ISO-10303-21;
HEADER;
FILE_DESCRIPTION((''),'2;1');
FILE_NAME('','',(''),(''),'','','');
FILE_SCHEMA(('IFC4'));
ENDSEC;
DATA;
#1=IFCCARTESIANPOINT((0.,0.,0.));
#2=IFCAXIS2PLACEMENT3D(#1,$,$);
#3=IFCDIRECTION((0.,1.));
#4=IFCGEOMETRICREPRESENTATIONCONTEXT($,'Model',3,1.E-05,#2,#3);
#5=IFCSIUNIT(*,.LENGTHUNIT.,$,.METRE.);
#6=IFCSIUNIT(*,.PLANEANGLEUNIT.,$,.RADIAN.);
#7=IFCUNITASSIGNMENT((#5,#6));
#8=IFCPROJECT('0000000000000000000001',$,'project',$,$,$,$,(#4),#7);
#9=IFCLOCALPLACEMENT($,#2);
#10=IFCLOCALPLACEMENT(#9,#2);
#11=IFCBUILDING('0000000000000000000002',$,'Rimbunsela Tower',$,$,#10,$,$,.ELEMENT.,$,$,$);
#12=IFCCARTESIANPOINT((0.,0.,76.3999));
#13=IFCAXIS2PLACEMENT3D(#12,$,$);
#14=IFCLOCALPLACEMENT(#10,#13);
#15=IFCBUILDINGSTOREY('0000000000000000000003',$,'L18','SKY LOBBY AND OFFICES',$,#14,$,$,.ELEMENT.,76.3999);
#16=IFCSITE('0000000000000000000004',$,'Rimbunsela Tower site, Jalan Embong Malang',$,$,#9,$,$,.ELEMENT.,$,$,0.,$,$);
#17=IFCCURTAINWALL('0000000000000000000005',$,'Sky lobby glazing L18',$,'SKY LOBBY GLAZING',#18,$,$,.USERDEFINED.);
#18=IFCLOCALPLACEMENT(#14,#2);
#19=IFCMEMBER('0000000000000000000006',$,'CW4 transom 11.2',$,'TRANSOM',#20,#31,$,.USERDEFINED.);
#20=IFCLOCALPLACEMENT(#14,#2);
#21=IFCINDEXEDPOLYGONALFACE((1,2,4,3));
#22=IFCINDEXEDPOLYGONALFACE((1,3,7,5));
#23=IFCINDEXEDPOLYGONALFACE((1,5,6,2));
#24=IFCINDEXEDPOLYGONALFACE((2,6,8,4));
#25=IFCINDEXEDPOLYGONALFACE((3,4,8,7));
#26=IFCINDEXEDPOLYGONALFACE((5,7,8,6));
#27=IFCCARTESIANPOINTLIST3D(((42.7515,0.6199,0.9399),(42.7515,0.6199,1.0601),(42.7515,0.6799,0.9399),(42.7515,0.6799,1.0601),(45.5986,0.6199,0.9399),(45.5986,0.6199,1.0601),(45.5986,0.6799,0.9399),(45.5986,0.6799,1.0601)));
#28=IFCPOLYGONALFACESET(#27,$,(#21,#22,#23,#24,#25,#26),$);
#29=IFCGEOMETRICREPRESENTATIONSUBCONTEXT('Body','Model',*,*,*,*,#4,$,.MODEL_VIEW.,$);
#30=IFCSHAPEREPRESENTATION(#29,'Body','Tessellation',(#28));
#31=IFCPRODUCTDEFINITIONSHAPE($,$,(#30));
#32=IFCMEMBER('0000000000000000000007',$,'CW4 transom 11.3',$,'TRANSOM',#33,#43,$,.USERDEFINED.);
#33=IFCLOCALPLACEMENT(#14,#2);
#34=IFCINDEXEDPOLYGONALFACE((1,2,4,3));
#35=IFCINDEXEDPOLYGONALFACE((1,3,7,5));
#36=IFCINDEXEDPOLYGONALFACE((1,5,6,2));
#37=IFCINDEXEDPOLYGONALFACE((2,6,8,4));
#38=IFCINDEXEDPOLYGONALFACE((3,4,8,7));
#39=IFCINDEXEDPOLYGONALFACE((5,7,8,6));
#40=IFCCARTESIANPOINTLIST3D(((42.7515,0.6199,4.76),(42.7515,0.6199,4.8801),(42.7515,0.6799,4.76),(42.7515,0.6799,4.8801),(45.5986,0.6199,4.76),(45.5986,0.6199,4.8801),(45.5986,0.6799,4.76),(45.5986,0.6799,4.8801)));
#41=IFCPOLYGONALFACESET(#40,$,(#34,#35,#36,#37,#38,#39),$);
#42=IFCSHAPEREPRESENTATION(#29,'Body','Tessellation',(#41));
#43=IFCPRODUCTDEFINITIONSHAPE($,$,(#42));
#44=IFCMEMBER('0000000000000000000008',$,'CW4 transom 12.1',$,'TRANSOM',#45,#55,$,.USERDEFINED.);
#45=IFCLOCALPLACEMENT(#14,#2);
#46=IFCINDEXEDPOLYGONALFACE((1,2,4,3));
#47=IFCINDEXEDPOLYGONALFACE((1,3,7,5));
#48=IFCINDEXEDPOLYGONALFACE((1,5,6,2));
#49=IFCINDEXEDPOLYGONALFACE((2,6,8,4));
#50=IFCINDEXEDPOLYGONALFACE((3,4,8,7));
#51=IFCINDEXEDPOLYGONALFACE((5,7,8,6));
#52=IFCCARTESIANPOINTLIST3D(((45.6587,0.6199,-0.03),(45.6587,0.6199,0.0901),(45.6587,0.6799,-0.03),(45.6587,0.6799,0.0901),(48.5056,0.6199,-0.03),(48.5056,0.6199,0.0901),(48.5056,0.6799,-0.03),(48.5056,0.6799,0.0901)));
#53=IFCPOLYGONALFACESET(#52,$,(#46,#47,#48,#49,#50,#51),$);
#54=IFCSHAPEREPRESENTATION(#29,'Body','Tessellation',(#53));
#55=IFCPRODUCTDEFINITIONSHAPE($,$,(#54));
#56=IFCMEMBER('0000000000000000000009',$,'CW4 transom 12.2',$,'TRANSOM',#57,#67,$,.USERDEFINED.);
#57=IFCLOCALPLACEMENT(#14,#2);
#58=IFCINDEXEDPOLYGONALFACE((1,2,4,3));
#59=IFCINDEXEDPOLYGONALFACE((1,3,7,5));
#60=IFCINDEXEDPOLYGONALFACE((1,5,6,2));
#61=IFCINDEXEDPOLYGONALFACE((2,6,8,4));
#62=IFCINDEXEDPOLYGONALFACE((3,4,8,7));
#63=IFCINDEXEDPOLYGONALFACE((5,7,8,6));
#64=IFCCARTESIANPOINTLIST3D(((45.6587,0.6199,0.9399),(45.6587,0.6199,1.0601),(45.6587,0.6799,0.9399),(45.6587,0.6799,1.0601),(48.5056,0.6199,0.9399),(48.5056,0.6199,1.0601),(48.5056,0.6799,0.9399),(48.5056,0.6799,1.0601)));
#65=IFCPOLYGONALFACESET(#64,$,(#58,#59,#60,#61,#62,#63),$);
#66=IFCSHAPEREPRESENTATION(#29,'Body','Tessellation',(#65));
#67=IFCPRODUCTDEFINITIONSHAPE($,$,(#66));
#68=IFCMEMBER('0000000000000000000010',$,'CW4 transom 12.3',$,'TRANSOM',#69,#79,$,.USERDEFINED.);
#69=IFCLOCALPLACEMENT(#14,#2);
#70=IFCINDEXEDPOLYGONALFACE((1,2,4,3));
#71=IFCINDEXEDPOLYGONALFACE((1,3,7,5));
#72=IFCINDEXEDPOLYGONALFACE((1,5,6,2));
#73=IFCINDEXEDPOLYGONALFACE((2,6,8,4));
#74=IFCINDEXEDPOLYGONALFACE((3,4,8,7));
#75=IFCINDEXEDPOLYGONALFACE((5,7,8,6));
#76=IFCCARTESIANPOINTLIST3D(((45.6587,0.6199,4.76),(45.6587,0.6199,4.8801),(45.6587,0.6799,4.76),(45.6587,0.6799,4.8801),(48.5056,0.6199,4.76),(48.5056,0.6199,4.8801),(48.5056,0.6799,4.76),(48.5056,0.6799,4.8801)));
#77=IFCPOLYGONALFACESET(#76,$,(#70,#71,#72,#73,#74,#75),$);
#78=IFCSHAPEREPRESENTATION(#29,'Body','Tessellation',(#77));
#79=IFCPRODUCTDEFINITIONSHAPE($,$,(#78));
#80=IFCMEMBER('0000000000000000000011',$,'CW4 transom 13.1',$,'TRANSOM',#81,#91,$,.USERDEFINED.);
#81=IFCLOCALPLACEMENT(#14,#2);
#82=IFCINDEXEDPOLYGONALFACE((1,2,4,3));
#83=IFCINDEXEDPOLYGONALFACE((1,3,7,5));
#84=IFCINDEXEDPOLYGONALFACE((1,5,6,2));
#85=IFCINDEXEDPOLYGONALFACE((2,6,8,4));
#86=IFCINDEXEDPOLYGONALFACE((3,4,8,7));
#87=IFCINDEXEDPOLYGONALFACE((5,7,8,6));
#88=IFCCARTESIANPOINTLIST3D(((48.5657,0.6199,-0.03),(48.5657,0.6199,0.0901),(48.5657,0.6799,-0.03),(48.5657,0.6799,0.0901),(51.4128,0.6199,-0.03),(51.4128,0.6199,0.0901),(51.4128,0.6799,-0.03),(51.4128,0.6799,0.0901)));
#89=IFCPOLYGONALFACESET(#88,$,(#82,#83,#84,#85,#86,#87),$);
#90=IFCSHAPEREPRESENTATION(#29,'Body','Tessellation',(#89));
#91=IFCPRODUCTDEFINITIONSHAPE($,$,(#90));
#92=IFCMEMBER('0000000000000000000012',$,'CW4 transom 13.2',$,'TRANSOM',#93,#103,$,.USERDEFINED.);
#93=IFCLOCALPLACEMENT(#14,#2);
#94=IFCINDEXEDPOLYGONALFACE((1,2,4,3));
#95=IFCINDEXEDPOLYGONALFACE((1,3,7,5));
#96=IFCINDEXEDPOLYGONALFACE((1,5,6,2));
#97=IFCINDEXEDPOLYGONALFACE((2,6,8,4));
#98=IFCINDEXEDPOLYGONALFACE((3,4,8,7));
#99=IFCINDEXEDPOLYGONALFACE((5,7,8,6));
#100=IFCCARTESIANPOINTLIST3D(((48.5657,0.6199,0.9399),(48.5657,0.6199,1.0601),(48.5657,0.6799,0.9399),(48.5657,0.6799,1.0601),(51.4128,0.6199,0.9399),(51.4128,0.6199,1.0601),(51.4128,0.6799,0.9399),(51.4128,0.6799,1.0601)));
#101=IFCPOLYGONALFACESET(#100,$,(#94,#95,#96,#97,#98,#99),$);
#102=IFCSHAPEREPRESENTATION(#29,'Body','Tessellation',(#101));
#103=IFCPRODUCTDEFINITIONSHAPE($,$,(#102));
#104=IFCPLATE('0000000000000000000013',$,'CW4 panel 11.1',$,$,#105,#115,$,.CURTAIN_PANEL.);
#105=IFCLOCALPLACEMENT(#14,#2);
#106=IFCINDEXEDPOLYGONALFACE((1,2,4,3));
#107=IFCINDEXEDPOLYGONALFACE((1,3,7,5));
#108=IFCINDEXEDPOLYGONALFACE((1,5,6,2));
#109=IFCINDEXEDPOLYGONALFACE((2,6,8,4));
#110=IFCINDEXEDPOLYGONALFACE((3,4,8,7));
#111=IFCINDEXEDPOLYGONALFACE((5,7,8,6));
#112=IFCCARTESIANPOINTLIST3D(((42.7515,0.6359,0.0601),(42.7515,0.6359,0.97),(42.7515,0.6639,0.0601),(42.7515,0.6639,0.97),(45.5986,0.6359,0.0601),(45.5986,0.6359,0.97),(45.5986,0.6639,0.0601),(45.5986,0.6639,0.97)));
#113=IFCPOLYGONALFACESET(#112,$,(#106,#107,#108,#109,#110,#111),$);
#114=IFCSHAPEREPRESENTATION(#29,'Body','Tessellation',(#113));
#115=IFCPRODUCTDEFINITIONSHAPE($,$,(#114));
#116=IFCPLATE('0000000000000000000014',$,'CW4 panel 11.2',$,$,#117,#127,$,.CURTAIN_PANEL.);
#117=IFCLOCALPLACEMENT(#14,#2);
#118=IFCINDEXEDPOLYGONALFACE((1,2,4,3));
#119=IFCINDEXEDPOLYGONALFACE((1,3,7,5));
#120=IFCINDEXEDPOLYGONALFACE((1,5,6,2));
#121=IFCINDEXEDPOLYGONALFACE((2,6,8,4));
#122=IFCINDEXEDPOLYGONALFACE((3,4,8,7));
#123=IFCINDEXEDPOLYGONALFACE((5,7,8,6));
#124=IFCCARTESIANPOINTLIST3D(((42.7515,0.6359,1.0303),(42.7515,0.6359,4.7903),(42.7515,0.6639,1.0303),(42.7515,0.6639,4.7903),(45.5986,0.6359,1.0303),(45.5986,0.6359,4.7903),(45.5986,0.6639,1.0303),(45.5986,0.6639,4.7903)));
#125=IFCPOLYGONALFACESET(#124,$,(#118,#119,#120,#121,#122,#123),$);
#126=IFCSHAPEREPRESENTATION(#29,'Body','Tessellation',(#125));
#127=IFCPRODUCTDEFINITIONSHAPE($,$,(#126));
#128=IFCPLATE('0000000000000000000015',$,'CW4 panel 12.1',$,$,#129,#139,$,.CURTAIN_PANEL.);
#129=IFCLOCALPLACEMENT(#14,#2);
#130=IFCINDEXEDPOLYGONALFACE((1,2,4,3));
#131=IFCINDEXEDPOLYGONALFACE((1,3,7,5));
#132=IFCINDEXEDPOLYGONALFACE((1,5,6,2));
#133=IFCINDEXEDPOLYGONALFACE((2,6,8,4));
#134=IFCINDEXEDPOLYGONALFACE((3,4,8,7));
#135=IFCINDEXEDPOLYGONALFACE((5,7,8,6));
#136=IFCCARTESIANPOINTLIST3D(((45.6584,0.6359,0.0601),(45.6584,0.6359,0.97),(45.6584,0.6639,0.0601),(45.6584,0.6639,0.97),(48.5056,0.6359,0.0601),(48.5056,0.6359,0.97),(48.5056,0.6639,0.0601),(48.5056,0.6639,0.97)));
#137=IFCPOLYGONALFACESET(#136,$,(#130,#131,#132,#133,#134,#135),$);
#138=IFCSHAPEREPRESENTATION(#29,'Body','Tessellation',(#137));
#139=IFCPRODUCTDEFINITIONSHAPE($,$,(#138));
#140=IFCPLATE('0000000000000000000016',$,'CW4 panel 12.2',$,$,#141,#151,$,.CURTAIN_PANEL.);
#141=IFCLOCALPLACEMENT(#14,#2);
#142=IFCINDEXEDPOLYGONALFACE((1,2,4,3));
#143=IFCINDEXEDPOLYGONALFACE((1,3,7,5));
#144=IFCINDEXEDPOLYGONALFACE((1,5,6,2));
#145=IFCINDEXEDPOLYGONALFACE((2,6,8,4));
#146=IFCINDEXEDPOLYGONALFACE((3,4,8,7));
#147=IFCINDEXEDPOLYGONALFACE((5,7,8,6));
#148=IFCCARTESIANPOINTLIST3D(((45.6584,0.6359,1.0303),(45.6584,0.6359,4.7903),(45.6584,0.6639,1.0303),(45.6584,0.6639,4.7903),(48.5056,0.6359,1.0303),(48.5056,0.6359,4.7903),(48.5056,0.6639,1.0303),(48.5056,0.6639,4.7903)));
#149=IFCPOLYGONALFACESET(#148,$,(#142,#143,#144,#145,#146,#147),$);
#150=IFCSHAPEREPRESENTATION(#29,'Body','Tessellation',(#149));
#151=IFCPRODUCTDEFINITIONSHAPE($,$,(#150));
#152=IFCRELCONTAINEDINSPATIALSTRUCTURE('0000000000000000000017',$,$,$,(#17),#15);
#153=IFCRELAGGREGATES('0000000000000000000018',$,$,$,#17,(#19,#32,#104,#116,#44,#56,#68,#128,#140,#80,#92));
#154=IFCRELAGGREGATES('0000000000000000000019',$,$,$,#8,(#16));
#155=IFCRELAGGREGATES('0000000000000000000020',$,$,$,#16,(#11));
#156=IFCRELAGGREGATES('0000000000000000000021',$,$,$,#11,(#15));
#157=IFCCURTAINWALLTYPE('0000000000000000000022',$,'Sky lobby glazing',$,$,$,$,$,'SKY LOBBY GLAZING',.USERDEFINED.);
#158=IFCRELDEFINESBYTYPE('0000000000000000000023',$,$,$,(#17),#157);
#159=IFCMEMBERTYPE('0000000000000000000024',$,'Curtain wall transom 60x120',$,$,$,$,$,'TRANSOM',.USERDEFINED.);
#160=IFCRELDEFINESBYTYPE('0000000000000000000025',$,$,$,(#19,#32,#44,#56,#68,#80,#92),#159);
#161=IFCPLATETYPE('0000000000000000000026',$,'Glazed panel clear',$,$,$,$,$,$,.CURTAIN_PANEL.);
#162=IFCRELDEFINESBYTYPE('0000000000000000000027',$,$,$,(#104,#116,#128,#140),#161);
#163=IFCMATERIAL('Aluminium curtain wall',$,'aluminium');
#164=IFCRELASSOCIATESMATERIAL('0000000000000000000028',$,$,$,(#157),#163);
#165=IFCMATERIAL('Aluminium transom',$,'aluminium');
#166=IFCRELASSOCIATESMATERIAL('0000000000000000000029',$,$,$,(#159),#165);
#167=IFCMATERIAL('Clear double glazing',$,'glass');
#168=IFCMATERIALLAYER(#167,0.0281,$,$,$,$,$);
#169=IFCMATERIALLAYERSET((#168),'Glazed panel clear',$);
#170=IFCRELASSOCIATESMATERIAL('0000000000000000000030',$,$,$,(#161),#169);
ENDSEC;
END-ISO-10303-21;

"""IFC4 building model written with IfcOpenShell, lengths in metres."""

from ifc_helpers import new_model, si_unit, direction, frame, origin, origin_2d, place, context, subcontext, project, spatial, rectangle, extrude, material, layer, layer_set, material_profile, profile_set, type_object, element, aggregate, save


model = new_model("IFC4")

# Units and contexts
model_context = context("Model", 3, precision=1e-05, world=origin(), true_north=direction((0.0, 1.0)))
body_context = subcontext(model_context, "Body", "Model", "MODEL_VIEW")
ifc_project = project(units=[si_unit("LENGTHUNIT", "METRE"), si_unit("PLANEANGLEUNIT", "RADIAN")], contexts=[model_context])

# Site, building, storey
site_placement = place(None, origin())
site = spatial("IfcSite", under=ifc_project, at=site_placement, Name="Rimbunsela Tower site, Jalan Embong Malang", CompositionType="ELEMENT", RefElevation=0.0)
building_placement = place(site_placement, origin())
building = spatial("IfcBuilding", under=site, at=building_placement, Name="Rimbunsela Tower", CompositionType="ELEMENT")
storey_placement = place(building_placement, frame((0.0, 0.0, 76.3999)))
storey = spatial("IfcBuildingStorey", under=building, at=storey_placement, Name="L18", Description="SKY LOBBY AND OFFICES", CompositionType="ELEMENT", Elevation=76.3999)

# Curtain wall, members, plates
ifc_material_1 = material(Name="Aluminium curtain wall", Category="aluminium")
curtain_wall_type = type_object("IfcCurtainWallType", Name="Sky lobby glazing", ElementType="SKY LOBBY GLAZING", PredefinedType="USERDEFINED", material=ifc_material_1)
curtain_wall_placement = place(storey_placement, origin())
curtain_wall = element("IfcCurtainWall", 1, at=curtain_wall_placement, inside=storey, type_object=curtain_wall_type, Name="Sky lobby glazing L18", ObjectType="SKY LOBBY GLAZING", PredefinedType="USERDEFINED")
ifc_material_2 = material(Name="Aluminium transom", Category="aluminium")
ifc_material_profile_1 = material_profile(ifc_material_2, rectangle(XDim=0.0601, YDim=0.1201, at=origin_2d()), Name="Transom 60x120")
ifc_profile_set_1 = profile_set([ifc_material_profile_1], Name="Aluminium transom")
member_type_1 = type_object("IfcMemberType", Name="Curtain wall transom 60x120", ElementType="TRANSOM", PredefinedType="USERDEFINED", material=ifc_profile_set_1)
member_1_placement = place(storey_placement, frame((42.7515, 0.6499, 1.0), z_axis=(1.0, 0.0, 0.0), x_axis=(0.0, 1.0, 0.0)))
member_1 = element("IfcMember", 2, at=member_1_placement, type_object=member_type_1, Name="CW4 transom 11.2", ObjectType="TRANSOM", PredefinedType="USERDEFINED", context=body_context, shape_type="SweptSolid", body=[
    extrude(rectangle(XDim=0.0601, YDim=0.1201, at=origin_2d()), origin(), (0.0, 0.0, 1.0), 2.8472),
])
member_2_placement = place(storey_placement, frame((42.7515, 0.6499, 4.8201), z_axis=(1.0, 0.0, 0.0), x_axis=(0.0, 1.0, 0.0)))
member_2 = element("IfcMember", 3, at=member_2_placement, type_object=member_type_1, Name="CW4 transom 11.3", ObjectType="TRANSOM", PredefinedType="USERDEFINED", context=body_context, shape_type="SweptSolid", body=[
    extrude(rectangle(XDim=0.0601, YDim=0.1201, at=origin_2d()), origin(), (0.0, 0.0, 1.0), 2.8472),
])
member_3_placement = place(storey_placement, frame((45.6587, 0.6499, 0.03), z_axis=(1.0, 0.0, 0.0), x_axis=(0.0, 1.0, 0.0)))
member_3 = element("IfcMember", 4, at=member_3_placement, type_object=member_type_1, Name="CW4 transom 12.1", ObjectType="TRANSOM", PredefinedType="USERDEFINED", context=body_context, shape_type="SweptSolid", body=[
    extrude(rectangle(XDim=0.0601, YDim=0.1201, at=origin_2d()), origin(), (0.0, 0.0, 1.0), 2.8469),
])
member_4_placement = place(storey_placement, frame((45.6587, 0.6499, 1.0), z_axis=(1.0, 0.0, 0.0), x_axis=(0.0, 1.0, 0.0)))
member_4 = element("IfcMember", 5, at=member_4_placement, type_object=member_type_1, Name="CW4 transom 12.2", ObjectType="TRANSOM", PredefinedType="USERDEFINED", context=body_context, shape_type="SweptSolid", body=[
    extrude(rectangle(XDim=0.0601, YDim=0.1201, at=origin_2d()), origin(), (0.0, 0.0, 1.0), 2.8469),
])
member_5_placement = place(storey_placement, frame((45.6587, 0.6499, 4.8201), z_axis=(1.0, 0.0, 0.0), x_axis=(0.0, 1.0, 0.0)))
member_5 = element("IfcMember", 6, at=member_5_placement, type_object=member_type_1, Name="CW4 transom 12.3", ObjectType="TRANSOM", PredefinedType="USERDEFINED", context=body_context, shape_type="SweptSolid", body=[
    extrude(rectangle(XDim=0.0601, YDim=0.1201, at=origin_2d()), origin(), (0.0, 0.0, 1.0), 2.8469),
])
member_6_placement = place(storey_placement, frame((48.5657, 0.6499, 0.03), z_axis=(1.0, 0.0, 0.0), x_axis=(0.0, 1.0, 0.0)))
member_6 = element("IfcMember", 7, at=member_6_placement, type_object=member_type_1, Name="CW4 transom 13.1", ObjectType="TRANSOM", PredefinedType="USERDEFINED", context=body_context, shape_type="SweptSolid", body=[
    extrude(rectangle(XDim=0.0601, YDim=0.1201, at=origin_2d()), origin(), (0.0, 0.0, 1.0), 2.8472),
])
member_7_placement = place(storey_placement, frame((48.5657, 0.6499, 1.0), z_axis=(1.0, 0.0, 0.0), x_axis=(0.0, 1.0, 0.0)))
member_7 = element("IfcMember", 8, at=member_7_placement, type_object=member_type_1, Name="CW4 transom 13.2", ObjectType="TRANSOM", PredefinedType="USERDEFINED", context=body_context, shape_type="SweptSolid", body=[
    extrude(rectangle(XDim=0.0601, YDim=0.1201, at=origin_2d()), origin(), (0.0, 0.0, 1.0), 2.8472),
])
ifc_material_3 = material(Name="Clear double glazing", Category="glass")
ifc_layer = layer(ifc_material_3, 0.0281)
ifc_layer_set = layer_set([ifc_layer], Name="Glazed panel clear")
plate_type = type_object("IfcPlateType", Name="Glazed panel clear", PredefinedType="CURTAIN_PANEL", material=ifc_layer_set)
plate_1_placement = place(storey_placement, frame((44.175, 0.6499, 0.0601), z_axis=(0.0, 0.0, 1.0), x_axis=(1.0, 0.0, 0.0)))
plate_1 = element("IfcPlate", 9, at=plate_1_placement, type_object=plate_type, Name="CW4 panel 11.1", PredefinedType="CURTAIN_PANEL", context=body_context, shape_type="SweptSolid", body=[
    extrude(rectangle(XDim=2.8472, YDim=0.0281, at=origin_2d()), origin(), (0.0, 0.0, 1.0), 0.9099),
])
plate_2_placement = place(storey_placement, frame((44.175, 0.6499, 1.0303), z_axis=(0.0, 0.0, 1.0), x_axis=(1.0, 0.0, 0.0)))
plate_2 = element("IfcPlate", 10, at=plate_2_placement, type_object=plate_type, Name="CW4 panel 11.2", PredefinedType="CURTAIN_PANEL", context=body_context, shape_type="SweptSolid", body=[
    extrude(rectangle(XDim=2.8472, YDim=0.0281, at=origin_2d()), origin(), (0.0, 0.0, 1.0), 3.76),
])
plate_3_placement = place(storey_placement, frame((47.082, 0.6499, 0.0601), z_axis=(0.0, 0.0, 1.0), x_axis=(1.0, 0.0, 0.0)))
plate_3 = element("IfcPlate", 11, at=plate_3_placement, type_object=plate_type, Name="CW4 panel 12.1", PredefinedType="CURTAIN_PANEL", context=body_context, shape_type="SweptSolid", body=[
    extrude(rectangle(XDim=2.8472, YDim=0.0281, at=origin_2d()), origin(), (0.0, 0.0, 1.0), 0.9099),
])
plate_4_placement = place(storey_placement, frame((47.082, 0.6499, 1.0303), z_axis=(0.0, 0.0, 1.0), x_axis=(1.0, 0.0, 0.0)))
plate_4 = element("IfcPlate", 12, at=plate_4_placement, type_object=plate_type, Name="CW4 panel 12.2", PredefinedType="CURTAIN_PANEL", context=body_context, shape_type="SweptSolid", body=[
    extrude(rectangle(XDim=2.8472, YDim=0.0281, at=origin_2d()), origin(), (0.0, 0.0, 1.0), 3.76),
])
aggregate(curtain_wall, [member_1, member_2, plate_1, plate_2, member_3, member_4, member_5, plate_3, plate_4, member_6, member_7])

save(model, "model.ifc")
